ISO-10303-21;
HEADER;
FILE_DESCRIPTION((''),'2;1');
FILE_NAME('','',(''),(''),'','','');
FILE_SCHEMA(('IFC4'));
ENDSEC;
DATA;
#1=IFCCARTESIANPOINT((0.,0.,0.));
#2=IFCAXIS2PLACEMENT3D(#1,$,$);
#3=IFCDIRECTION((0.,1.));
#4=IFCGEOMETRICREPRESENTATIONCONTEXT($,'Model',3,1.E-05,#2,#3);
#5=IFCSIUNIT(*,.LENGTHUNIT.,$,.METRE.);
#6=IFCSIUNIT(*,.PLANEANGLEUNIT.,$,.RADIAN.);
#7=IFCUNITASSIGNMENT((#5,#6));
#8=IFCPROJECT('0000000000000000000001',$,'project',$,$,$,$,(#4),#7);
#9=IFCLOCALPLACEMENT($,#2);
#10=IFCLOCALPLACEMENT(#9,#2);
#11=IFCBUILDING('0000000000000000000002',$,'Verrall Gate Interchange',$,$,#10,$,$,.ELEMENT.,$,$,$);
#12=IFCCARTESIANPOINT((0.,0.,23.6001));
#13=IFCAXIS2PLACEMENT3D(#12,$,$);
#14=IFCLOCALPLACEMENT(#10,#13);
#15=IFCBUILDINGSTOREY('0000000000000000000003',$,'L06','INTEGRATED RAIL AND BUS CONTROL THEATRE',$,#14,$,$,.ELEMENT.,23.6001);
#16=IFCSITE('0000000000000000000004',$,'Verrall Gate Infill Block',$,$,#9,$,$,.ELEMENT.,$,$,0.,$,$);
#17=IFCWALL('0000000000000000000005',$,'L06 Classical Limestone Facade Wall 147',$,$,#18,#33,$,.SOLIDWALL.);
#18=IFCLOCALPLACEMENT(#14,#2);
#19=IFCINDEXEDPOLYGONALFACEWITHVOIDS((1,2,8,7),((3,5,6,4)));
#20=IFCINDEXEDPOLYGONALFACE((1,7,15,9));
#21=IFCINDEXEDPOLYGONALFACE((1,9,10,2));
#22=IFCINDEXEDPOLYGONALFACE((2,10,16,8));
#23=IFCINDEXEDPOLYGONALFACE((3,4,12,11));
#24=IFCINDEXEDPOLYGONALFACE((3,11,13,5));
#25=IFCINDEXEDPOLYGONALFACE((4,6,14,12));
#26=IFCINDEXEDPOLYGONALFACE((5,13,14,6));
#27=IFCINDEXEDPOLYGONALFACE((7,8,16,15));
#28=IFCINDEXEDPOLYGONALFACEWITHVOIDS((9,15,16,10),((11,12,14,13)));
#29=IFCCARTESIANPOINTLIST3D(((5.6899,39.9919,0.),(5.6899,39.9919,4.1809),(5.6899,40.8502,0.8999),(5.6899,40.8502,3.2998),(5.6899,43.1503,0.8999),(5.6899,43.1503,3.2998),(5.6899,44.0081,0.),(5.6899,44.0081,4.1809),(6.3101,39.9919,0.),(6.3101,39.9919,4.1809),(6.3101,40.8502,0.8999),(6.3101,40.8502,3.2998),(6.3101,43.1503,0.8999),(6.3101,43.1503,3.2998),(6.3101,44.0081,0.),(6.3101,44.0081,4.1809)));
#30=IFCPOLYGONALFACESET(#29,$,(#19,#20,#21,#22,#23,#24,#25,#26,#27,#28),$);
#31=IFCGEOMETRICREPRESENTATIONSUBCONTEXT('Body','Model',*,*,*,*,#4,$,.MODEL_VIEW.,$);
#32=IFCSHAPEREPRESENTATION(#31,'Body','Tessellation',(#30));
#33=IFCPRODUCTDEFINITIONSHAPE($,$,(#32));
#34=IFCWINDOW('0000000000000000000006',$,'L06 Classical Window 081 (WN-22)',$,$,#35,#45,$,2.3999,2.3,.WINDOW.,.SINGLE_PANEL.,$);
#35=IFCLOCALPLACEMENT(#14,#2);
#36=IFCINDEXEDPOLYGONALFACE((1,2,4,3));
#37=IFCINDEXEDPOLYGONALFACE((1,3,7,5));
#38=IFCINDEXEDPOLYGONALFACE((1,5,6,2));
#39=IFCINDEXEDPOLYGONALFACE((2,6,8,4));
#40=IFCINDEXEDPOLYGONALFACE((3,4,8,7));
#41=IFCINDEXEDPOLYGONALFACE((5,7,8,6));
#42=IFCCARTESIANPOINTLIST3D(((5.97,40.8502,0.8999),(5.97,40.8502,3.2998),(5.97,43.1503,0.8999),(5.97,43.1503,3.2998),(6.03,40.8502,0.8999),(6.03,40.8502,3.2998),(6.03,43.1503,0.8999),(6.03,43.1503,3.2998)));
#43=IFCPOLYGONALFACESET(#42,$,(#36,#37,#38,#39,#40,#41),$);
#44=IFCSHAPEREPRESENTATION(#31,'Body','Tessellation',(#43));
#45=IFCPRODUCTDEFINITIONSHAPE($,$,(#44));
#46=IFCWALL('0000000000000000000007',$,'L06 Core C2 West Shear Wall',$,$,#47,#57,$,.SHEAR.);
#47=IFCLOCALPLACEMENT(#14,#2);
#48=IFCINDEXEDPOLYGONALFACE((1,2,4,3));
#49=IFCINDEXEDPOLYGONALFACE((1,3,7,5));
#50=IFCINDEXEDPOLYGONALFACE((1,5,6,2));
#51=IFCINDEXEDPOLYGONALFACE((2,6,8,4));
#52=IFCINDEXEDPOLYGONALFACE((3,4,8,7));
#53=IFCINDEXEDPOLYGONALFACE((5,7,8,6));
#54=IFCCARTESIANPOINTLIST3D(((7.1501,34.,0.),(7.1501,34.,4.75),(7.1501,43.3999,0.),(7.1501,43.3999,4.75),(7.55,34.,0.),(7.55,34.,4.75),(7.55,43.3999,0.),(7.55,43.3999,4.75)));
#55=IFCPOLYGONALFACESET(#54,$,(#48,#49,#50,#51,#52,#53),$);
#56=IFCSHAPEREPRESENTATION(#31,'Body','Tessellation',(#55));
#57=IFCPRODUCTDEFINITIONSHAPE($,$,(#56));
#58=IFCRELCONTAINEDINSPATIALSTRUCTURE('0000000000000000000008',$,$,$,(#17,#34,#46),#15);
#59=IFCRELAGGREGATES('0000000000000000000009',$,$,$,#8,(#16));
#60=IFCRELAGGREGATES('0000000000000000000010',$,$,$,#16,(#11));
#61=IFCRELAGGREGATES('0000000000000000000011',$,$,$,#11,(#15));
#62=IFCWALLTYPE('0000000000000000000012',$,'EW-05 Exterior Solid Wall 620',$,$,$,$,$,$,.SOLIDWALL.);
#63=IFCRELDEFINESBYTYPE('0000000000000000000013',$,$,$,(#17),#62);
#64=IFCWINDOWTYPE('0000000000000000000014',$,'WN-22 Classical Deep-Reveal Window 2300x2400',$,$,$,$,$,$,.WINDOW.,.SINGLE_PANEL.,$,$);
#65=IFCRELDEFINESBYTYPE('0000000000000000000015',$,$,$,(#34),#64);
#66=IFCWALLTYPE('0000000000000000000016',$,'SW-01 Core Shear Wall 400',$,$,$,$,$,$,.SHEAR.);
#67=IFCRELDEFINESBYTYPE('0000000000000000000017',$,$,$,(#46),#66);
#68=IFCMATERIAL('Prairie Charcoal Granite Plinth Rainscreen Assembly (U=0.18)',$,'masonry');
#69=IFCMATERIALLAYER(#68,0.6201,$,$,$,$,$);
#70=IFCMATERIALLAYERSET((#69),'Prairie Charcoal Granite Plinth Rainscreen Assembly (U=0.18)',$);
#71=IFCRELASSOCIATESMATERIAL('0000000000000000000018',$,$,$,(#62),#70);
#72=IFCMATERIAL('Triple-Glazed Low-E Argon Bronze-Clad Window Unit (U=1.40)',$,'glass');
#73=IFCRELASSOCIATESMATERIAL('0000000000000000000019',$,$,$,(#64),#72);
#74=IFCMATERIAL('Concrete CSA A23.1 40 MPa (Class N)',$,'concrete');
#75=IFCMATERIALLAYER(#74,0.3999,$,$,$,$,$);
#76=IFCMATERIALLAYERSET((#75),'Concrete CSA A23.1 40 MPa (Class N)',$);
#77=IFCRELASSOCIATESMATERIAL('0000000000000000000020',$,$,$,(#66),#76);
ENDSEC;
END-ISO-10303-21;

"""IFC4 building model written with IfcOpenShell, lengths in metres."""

from ifc_helpers import new_model, si_unit, direction, frame, frame_2d, origin, place, context, subcontext, project, spatial, rectangle, extrude, material, layer, layer_set, type_object, element, fill, save


model = new_model("IFC4")

# Units and contexts
model_context = context("Model", 3, precision=1e-05, world=origin(), true_north=direction((0.0, 1.0)))
body_context = subcontext(model_context, "Body", "Model", "MODEL_VIEW")
ifc_project = project(units=[si_unit("LENGTHUNIT", "METRE"), si_unit("PLANEANGLEUNIT", "RADIAN")], contexts=[model_context])

# Site, building, storey
site_placement = place(None, origin())
site = spatial("IfcSite", under=ifc_project, at=site_placement, Name="Verrall Gate Infill Block", CompositionType="ELEMENT", RefElevation=0.0)
building_placement = place(site_placement, origin())
building = spatial("IfcBuilding", under=site, at=building_placement, Name="Verrall Gate Interchange", CompositionType="ELEMENT")
storey_placement = place(building_placement, frame((0.0, 0.0, 23.6001)))
storey = spatial("IfcBuildingStorey", under=building, at=storey_placement, Name="L06", Description="INTEGRATED RAIL AND BUS CONTROL THEATRE", CompositionType="ELEMENT", Elevation=23.6001)

# Wall, opening, window
ifc_material_1 = material(Name="Prairie Charcoal Granite Plinth Rainscreen Assembly (U=0.18)", Category="masonry")
ifc_layer_1 = layer(ifc_material_1, 0.6201)
ifc_layer_set_1 = layer_set([ifc_layer_1], Name="Prairie Charcoal Granite Plinth Rainscreen Assembly (U=0.18)")
wall_type_1 = type_object("IfcWallType", Name="EW-05 Exterior Solid Wall 620", PredefinedType="SOLIDWALL", material=ifc_layer_set_1)
wall_1_placement = place(storey_placement, frame((6.0, 44.0081, 0.0), z_axis=(0.0, 0.0, 1.0), x_axis=(0.0, -1.0, 0.0)))
wall_1 = element("IfcWall", 1, at=wall_1_placement, inside=storey, type_object=wall_type_1, Name="L06 Classical Limestone Facade Wall 147", PredefinedType="SOLIDWALL", context=body_context, shape_type="SweptSolid", body=[
    extrude(rectangle(XDim=4.0161, YDim=0.6201, at=frame_2d((2.0081, 0.0))), origin(), (0.0, 0.0, 1.0), 4.1809),
])
opening_placement = place(wall_1_placement, frame((0.8579, 0.0, 0.8999)))
opening = element("IfcOpeningElement", 2, at=opening_placement, cuts=wall_1, PredefinedType="OPENING", context=body_context, shape_type="SweptSolid", body=[
    extrude(rectangle(XDim=2.3, YDim=2.3999, at=frame_2d((1.1499, 1.2))), frame((0.0, 0.325, 0.0), z_axis=(0.0, -1.0, 0.0), x_axis=(1.0, 0.0, 0.0)), (0.0, 0.0, 1.0), 0.6499),
])
ifc_material_2 = material(Name="Triple-Glazed Low-E Argon Bronze-Clad Window Unit (U=1.40)", Category="glass")
window_type = type_object("IfcWindowType", Name="WN-22 Classical Deep-Reveal Window 2300x2400", PartitioningType="SINGLE_PANEL", PredefinedType="WINDOW", material=ifc_material_2)
window_placement = place(opening_placement, origin())
window = element("IfcWindow", 3, at=window_placement, inside=storey, type_object=window_type, Name="L06 Classical Window 081 (WN-22)", OverallHeight=2.3999, OverallWidth=2.3, PartitioningType="SINGLE_PANEL", PredefinedType="WINDOW", context=body_context, shape_type="SweptSolid", body=[
    extrude(rectangle(XDim=2.3, YDim=2.3999, at=frame_2d((1.1499, 1.2))), frame((0.0, 0.03, 0.0), z_axis=(0.0, -1.0, 0.0), x_axis=(1.0, 0.0, 0.0)), (0.0, 0.0, 1.0), 0.0601),
])
fill(opening, window)

# Wall
ifc_material_3 = material(Name="Concrete CSA A23.1 40 MPa (Class N)", Category="concrete")
ifc_layer_2 = layer(ifc_material_3, 0.3999)
ifc_layer_set_2 = layer_set([ifc_layer_2], Name="Concrete CSA A23.1 40 MPa (Class N)")
wall_type_2 = type_object("IfcWallType", Name="SW-01 Core Shear Wall 400", PredefinedType="SHEAR", material=ifc_layer_set_2)
wall_2_placement = place(storey_placement, frame((7.3501, 43.3999, 0.0), z_axis=(0.0, 0.0, 1.0), x_axis=(0.0, -1.0, 0.0)))
element("IfcWall", 4, at=wall_2_placement, inside=storey, type_object=wall_type_2, Name="L06 Core C2 West Shear Wall", PredefinedType="SHEAR", context=body_context, shape_type="SweptSolid", body=[
    extrude(rectangle(XDim=9.3999, YDim=0.3999, at=frame_2d((4.7, 0.0))), origin(), (0.0, 0.0, 1.0), 4.75),
])

save(model, "model.ifc")
